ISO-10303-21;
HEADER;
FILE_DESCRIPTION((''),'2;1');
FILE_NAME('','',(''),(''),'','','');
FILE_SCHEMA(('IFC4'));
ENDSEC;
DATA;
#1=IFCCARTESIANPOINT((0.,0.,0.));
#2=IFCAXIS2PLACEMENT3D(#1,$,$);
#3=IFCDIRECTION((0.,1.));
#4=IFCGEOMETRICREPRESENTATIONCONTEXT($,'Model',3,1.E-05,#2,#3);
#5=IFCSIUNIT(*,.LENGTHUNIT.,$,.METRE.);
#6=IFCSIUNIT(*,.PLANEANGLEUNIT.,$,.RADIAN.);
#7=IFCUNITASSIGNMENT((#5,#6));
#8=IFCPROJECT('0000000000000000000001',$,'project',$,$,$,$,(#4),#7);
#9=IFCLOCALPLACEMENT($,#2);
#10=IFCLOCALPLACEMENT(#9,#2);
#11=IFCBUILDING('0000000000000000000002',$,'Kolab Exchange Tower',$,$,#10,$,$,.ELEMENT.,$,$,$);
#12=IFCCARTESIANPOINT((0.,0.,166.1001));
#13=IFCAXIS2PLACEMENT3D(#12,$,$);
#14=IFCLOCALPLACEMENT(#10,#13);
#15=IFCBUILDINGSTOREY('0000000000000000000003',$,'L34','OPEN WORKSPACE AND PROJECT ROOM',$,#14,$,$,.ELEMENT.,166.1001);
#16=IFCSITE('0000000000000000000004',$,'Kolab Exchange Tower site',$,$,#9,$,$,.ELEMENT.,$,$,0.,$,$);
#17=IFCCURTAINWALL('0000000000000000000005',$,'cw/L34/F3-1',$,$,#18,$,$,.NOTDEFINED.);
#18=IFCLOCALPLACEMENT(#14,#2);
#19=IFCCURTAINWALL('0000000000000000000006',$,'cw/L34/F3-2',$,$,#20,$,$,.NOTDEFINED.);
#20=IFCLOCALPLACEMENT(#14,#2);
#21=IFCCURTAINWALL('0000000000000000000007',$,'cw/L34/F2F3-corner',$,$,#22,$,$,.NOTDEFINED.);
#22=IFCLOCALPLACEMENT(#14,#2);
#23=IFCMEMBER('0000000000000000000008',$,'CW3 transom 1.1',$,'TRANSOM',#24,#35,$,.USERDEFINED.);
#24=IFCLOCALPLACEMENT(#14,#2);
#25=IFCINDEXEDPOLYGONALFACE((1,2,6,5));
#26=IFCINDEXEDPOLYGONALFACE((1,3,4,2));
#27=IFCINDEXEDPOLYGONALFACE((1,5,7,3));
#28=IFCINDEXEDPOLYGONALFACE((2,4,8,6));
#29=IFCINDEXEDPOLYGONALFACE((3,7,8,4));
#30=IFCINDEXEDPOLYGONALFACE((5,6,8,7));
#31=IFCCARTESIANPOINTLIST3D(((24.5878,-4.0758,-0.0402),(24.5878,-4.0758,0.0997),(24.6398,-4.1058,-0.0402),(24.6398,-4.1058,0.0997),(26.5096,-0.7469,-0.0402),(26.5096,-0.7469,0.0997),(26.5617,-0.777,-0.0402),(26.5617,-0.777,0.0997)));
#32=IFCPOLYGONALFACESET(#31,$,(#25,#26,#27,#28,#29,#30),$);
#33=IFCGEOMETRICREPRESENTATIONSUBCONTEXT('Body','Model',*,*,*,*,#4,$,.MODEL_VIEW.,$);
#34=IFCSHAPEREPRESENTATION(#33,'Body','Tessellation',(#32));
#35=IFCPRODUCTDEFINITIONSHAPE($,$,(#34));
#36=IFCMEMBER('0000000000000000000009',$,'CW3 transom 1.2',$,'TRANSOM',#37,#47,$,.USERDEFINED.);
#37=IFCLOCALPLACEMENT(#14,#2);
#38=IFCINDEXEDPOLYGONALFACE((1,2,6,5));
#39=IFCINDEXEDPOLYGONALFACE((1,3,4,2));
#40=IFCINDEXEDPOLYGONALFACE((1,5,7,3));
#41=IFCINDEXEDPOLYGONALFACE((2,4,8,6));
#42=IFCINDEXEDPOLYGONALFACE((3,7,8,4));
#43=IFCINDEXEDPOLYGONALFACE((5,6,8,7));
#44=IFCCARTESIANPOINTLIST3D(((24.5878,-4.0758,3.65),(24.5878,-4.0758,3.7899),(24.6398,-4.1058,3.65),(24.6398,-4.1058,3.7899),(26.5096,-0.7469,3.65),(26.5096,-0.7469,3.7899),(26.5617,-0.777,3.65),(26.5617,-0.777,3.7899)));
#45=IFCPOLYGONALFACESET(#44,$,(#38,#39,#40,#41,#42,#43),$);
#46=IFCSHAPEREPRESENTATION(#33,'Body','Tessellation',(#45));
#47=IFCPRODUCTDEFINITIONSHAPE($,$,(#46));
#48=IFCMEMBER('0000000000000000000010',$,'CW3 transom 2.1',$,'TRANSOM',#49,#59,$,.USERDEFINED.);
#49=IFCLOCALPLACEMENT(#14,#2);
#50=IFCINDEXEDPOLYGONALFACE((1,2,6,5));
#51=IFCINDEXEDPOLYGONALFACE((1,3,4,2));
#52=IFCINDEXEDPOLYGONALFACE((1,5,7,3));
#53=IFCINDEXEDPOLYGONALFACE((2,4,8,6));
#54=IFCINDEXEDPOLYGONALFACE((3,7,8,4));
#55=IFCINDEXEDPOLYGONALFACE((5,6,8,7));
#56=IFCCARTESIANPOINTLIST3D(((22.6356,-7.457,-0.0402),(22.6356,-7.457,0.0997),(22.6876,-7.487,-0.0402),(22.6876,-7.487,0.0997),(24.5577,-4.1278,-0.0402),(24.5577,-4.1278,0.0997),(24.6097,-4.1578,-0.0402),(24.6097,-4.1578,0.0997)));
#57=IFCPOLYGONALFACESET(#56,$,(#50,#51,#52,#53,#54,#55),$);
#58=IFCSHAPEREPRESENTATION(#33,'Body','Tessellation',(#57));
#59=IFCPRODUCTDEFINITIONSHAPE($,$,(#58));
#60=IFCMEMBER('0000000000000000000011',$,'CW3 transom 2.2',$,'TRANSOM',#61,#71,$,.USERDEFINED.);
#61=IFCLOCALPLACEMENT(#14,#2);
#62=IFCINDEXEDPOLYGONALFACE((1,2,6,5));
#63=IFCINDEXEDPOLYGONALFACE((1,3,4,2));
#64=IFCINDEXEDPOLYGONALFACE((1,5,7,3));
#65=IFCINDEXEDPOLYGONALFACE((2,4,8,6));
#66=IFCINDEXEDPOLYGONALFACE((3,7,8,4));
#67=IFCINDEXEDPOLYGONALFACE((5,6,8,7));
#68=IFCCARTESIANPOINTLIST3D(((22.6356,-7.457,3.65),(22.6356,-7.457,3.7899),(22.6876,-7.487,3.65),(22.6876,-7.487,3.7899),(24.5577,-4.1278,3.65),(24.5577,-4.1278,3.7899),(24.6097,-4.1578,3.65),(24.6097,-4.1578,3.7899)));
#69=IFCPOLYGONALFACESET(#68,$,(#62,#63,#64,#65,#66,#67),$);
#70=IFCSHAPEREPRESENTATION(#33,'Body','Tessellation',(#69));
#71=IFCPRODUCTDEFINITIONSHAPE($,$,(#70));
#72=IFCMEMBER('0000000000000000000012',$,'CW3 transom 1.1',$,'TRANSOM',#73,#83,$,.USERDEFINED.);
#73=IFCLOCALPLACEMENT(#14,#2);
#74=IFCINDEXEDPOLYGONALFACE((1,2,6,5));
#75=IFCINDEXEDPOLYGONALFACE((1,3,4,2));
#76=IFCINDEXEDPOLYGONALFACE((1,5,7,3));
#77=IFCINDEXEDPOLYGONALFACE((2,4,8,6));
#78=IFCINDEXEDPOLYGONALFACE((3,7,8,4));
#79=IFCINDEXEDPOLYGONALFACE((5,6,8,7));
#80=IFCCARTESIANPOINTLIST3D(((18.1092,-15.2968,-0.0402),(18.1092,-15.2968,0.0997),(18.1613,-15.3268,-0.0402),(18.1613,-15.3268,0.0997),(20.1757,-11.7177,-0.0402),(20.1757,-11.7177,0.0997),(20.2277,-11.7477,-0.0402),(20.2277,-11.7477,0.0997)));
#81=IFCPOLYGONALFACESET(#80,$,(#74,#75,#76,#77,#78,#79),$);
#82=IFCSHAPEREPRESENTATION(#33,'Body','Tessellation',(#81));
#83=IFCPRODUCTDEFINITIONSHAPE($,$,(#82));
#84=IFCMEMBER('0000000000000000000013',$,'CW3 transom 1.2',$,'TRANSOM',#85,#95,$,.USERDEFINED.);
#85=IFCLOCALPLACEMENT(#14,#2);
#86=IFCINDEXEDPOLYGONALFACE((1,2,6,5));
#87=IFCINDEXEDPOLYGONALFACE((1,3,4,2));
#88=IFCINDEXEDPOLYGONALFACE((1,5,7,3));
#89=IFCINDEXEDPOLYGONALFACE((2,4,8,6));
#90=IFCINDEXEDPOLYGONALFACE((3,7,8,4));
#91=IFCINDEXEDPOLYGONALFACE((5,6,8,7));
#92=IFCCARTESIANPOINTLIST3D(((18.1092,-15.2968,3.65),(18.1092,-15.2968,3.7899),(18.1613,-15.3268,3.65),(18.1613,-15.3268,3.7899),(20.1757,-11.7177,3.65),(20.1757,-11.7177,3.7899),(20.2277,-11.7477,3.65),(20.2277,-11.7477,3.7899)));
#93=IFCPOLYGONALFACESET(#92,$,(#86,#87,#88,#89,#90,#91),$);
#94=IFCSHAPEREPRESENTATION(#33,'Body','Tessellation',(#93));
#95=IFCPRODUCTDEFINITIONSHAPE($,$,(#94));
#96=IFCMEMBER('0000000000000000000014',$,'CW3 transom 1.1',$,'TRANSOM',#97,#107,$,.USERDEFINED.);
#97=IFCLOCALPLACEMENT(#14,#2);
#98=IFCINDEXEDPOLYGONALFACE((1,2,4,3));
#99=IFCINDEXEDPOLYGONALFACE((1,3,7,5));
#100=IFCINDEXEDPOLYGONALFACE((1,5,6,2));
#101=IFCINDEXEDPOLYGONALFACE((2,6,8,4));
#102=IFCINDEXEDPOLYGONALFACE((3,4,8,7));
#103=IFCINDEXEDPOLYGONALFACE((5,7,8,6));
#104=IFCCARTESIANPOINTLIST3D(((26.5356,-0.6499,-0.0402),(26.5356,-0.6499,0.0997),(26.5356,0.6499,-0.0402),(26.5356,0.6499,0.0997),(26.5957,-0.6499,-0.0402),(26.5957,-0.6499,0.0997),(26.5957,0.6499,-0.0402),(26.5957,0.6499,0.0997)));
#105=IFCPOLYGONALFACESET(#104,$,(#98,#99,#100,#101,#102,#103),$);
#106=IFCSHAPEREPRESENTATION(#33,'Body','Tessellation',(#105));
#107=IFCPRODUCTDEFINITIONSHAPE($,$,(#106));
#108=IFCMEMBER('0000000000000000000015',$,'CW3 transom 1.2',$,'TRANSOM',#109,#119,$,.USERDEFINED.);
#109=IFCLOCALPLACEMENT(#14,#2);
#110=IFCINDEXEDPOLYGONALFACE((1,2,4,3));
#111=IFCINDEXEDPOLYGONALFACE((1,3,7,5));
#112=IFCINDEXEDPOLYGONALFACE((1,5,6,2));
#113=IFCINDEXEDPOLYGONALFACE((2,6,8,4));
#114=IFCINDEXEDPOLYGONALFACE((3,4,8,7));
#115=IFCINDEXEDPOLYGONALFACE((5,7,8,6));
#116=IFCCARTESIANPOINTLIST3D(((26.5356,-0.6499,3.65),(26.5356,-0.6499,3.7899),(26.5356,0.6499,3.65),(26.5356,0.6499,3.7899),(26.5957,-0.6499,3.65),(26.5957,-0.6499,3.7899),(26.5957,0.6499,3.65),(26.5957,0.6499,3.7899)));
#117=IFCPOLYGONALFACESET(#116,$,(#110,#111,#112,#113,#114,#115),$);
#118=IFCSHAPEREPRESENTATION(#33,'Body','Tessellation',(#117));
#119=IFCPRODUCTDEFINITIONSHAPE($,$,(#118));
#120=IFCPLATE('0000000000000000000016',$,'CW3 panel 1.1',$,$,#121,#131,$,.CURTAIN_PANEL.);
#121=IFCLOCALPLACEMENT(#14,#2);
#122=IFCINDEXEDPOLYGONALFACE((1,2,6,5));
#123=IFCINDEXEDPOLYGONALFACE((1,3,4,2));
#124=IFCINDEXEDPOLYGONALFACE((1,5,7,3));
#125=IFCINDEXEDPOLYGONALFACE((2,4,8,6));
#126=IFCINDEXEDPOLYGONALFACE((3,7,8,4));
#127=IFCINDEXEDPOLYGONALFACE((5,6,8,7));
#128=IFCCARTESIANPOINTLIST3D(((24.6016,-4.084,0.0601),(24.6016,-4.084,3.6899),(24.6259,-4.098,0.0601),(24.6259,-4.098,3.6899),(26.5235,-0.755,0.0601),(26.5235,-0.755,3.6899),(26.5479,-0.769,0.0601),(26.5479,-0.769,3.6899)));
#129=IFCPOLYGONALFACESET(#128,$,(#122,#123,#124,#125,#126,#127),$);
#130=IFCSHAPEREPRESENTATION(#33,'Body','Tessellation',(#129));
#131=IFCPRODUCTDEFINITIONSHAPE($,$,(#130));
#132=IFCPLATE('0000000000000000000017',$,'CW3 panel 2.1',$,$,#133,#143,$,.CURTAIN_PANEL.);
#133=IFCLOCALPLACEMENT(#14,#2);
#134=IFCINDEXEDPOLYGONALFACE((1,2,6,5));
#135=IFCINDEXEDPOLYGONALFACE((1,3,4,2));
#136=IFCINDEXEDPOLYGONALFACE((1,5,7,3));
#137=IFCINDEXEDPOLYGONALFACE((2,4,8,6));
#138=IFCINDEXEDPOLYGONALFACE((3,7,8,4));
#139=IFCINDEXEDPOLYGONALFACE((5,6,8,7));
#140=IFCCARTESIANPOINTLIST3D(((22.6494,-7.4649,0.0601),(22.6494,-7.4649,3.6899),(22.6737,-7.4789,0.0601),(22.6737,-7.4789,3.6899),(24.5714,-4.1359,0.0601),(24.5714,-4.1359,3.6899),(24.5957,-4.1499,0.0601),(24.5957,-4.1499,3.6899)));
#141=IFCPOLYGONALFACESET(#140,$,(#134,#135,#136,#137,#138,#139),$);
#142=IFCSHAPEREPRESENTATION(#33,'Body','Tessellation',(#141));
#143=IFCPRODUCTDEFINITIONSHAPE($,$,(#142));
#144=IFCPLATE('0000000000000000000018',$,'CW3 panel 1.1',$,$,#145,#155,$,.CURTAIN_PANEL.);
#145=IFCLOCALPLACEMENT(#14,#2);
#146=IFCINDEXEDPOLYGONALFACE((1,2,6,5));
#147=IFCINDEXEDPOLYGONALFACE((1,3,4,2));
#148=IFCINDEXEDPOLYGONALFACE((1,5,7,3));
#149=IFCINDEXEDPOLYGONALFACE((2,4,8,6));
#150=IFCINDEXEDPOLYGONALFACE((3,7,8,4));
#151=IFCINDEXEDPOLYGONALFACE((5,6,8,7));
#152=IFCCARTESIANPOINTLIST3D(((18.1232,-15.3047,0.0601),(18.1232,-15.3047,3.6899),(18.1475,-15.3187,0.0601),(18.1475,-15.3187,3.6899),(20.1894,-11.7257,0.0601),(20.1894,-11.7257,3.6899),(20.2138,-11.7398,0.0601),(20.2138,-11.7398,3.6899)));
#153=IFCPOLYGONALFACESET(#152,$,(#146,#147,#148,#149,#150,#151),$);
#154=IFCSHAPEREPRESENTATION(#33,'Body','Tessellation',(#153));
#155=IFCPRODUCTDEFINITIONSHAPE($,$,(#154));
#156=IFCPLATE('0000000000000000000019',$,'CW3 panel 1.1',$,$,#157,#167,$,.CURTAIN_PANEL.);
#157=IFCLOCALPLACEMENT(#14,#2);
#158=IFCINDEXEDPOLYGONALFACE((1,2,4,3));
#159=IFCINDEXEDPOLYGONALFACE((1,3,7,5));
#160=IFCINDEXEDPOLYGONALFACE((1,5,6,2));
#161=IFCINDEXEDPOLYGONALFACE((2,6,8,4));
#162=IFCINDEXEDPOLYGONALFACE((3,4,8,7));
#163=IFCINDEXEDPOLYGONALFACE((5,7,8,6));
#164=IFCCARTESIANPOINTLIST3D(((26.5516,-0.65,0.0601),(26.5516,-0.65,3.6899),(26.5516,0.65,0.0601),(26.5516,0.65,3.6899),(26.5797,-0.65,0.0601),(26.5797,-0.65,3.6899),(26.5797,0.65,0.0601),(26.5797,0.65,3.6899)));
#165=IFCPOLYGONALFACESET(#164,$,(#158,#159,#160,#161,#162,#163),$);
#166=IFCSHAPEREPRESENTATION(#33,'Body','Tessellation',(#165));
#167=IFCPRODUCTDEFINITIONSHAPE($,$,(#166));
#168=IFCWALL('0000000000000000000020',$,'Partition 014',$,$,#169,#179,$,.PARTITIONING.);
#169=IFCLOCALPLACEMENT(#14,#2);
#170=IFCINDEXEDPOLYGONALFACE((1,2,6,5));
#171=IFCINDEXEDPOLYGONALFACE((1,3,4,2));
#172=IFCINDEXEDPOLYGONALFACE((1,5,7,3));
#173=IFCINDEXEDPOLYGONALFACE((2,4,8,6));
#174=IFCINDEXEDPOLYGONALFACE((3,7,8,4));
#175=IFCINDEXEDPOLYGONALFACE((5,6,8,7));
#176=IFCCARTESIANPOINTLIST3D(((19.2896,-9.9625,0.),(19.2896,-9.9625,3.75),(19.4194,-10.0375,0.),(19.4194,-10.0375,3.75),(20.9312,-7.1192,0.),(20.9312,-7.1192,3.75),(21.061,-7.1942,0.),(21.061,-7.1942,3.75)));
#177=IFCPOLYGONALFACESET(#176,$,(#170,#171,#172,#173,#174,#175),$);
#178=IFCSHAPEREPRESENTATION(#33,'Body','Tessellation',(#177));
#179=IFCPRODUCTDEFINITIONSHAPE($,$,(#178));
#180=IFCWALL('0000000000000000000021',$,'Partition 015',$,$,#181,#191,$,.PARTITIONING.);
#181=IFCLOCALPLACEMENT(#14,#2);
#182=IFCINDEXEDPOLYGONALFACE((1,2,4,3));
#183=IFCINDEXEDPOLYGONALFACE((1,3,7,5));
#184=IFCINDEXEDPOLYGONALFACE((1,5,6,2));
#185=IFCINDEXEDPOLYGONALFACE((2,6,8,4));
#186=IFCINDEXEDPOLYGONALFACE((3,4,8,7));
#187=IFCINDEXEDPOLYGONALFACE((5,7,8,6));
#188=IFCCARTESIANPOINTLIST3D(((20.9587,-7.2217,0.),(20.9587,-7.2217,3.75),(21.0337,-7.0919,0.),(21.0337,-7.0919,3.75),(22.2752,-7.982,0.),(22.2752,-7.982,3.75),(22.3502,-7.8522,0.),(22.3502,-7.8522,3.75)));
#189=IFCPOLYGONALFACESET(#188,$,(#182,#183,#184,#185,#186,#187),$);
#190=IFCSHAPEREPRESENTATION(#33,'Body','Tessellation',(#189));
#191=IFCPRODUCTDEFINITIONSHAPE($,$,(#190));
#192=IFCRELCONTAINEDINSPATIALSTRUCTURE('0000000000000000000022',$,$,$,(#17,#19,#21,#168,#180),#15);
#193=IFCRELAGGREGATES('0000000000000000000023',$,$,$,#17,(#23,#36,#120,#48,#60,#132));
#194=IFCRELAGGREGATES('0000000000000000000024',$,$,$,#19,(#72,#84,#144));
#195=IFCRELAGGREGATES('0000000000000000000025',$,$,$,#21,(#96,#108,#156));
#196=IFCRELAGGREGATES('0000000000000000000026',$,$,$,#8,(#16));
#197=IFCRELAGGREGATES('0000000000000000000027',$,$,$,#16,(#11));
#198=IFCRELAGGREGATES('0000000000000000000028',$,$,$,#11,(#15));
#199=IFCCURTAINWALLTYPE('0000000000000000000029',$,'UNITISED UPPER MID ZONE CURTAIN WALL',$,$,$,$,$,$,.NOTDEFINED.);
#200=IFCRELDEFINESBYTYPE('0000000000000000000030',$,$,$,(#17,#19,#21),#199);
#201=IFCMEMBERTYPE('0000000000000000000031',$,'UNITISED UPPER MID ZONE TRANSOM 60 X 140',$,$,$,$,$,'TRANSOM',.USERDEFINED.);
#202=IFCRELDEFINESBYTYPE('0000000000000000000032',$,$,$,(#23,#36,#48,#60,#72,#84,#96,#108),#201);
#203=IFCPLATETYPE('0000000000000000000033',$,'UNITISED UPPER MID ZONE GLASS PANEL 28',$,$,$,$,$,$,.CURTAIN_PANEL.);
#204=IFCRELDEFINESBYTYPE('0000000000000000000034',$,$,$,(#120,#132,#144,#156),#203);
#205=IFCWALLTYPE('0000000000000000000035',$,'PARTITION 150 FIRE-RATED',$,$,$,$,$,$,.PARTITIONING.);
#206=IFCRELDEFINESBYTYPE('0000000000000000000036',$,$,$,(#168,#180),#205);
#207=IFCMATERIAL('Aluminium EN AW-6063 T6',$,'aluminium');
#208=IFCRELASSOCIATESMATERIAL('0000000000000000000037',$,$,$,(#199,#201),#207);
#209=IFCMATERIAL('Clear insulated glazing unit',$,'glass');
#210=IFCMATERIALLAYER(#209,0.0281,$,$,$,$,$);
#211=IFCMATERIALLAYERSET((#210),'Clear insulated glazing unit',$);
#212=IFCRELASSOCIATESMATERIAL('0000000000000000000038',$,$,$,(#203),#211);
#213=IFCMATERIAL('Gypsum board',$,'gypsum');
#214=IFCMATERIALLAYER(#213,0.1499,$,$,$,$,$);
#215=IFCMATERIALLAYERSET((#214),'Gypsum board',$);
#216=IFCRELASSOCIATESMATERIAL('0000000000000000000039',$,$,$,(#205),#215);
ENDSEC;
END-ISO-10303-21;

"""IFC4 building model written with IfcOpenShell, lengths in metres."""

from ifc_helpers import new_model, si_unit, direction, frame, frame_2d, origin, origin_2d, place, context, subcontext, project, spatial, rectangle, extrude, material, layer, layer_set, material_profile, profile_set, type_object, element, aggregate, save


model = new_model("IFC4")

# Units and contexts
model_context = context("Model", 3, precision=1e-05, world=origin(), true_north=direction((0.0, 1.0)))
body_context = subcontext(model_context, "Body", "Model", "MODEL_VIEW")
ifc_project = project(units=[si_unit("LENGTHUNIT", "METRE"), si_unit("PLANEANGLEUNIT", "RADIAN")], contexts=[model_context])

# Site, building, storey
site_placement = place(None, origin())
site = spatial("IfcSite", under=ifc_project, at=site_placement, Name="Kolab Exchange Tower site", CompositionType="ELEMENT", RefElevation=0.0)
building_placement = place(site_placement, origin())
building = spatial("IfcBuilding", under=site, at=building_placement, Name="Kolab Exchange Tower", CompositionType="ELEMENT")
storey_placement = place(building_placement, frame((0.0, 0.0, 166.1001)))
storey = spatial("IfcBuildingStorey", under=building, at=storey_placement, Name="L34", Description="OPEN WORKSPACE AND PROJECT ROOM", CompositionType="ELEMENT", Elevation=166.1001)

# Curtain wall
ifc_material_1 = material(Name="Aluminium EN AW-6063 T6", Category="aluminium")
curtain_wall_type = type_object("IfcCurtainWallType", Name="UNITISED UPPER MID ZONE CURTAIN WALL", PredefinedType="NOTDEFINED", material=ifc_material_1)
curtain_wall_1_placement = place(storey_placement, origin())
curtain_wall_1 = element("IfcCurtainWall", 1, at=curtain_wall_1_placement, inside=storey, type_object=curtain_wall_type, Name="cw/L34/F3-1", PredefinedType="NOTDEFINED")

# Curtain walls
curtain_wall_2_placement = place(storey_placement, origin())
curtain_wall_2 = element("IfcCurtainWall", 2, at=curtain_wall_2_placement, inside=storey, type_object=curtain_wall_type, Name="cw/L34/F3-2", PredefinedType="NOTDEFINED")
curtain_wall_3_placement = place(storey_placement, origin())
curtain_wall_3 = element("IfcCurtainWall", 3, at=curtain_wall_3_placement, inside=storey, type_object=curtain_wall_type, Name="cw/L34/F2F3-corner", PredefinedType="NOTDEFINED")

# Members
ifc_material_profile_1 = material_profile(ifc_material_1, rectangle(XDim=0.0601, YDim=0.1399, at=origin_2d()), Name="RECT 60X140")
ifc_profile_set_1 = profile_set([ifc_material_profile_1], Name="Aluminium EN AW-6063 T6")
member_type_1 = type_object("IfcMemberType", Name="UNITISED UPPER MID ZONE TRANSOM 60 X 140", ElementType="TRANSOM", PredefinedType="USERDEFINED", material=ifc_profile_set_1)
member_1_placement = place(storey_placement, frame((26.5356, -0.762, 0.0298), z_axis=(-0.499992, -0.86603, 0.0), x_axis=(0.86603, -0.499992, 0.0)))
member_1 = element("IfcMember", 4, at=member_1_placement, type_object=member_type_1, Name="CW3 transom 1.1", ObjectType="TRANSOM", PredefinedType="USERDEFINED", context=body_context, shape_type="SweptSolid", body=[
    extrude(rectangle(XDim=0.0601, YDim=0.1399, at=origin_2d()), origin(), (0.0, 0.0, 1.0), 3.8438),
])
member_2_placement = place(storey_placement, frame((26.5356, -0.762, 3.72), z_axis=(-0.499992, -0.86603, 0.0), x_axis=(0.86603, -0.499992, 0.0)))
member_2 = element("IfcMember", 5, at=member_2_placement, type_object=member_type_1, Name="CW3 transom 1.2", ObjectType="TRANSOM", PredefinedType="USERDEFINED", context=body_context, shape_type="SweptSolid", body=[
    extrude(rectangle(XDim=0.0601, YDim=0.1399, at=origin_2d()), origin(), (0.0, 0.0, 1.0), 3.8438),
])
member_3_placement = place(storey_placement, frame((24.5837, -4.1428, 0.0298), z_axis=(-0.500012, -0.866018, 0.0), x_axis=(0.866018, -0.500012, 0.0)))
member_3 = element("IfcMember", 6, at=member_3_placement, type_object=member_type_1, Name="CW3 transom 2.1", ObjectType="TRANSOM", PredefinedType="USERDEFINED", context=body_context, shape_type="SweptSolid", body=[
    extrude(rectangle(XDim=0.0601, YDim=0.1399, at=origin_2d()), origin(), (0.0, 0.0, 1.0), 3.8442),
])
member_4_placement = place(storey_placement, frame((24.5837, -4.1428, 3.72), z_axis=(-0.500012, -0.866018, 0.0), x_axis=(0.866018, -0.500012, 0.0)))
member_4 = element("IfcMember", 7, at=member_4_placement, type_object=member_type_1, Name="CW3 transom 2.2", ObjectType="TRANSOM", PredefinedType="USERDEFINED", context=body_context, shape_type="SweptSolid", body=[
    extrude(rectangle(XDim=0.0601, YDim=0.1399, at=origin_2d()), origin(), (0.0, 0.0, 1.0), 3.8442),
])
member_5_placement = place(storey_placement, frame((20.2017, -11.7327, 0.0298), z_axis=(-0.500002, -0.866024, 0.0), x_axis=(0.866024, -0.500002, 0.0)))
member_5 = element("IfcMember", 8, at=member_5_placement, type_object=member_type_1, Name="CW3 transom 1.1", ObjectType="TRANSOM", PredefinedType="USERDEFINED", context=body_context, shape_type="SweptSolid", body=[
    extrude(rectangle(XDim=0.0601, YDim=0.1399, at=origin_2d()), origin(), (0.0, 0.0, 1.0), 4.1328),
])
member_6_placement = place(storey_placement, frame((20.2017, -11.7327, 3.72), z_axis=(-0.500002, -0.866024, 0.0), x_axis=(0.866024, -0.500002, 0.0)))
member_6 = element("IfcMember", 9, at=member_6_placement, type_object=member_type_1, Name="CW3 transom 1.2", ObjectType="TRANSOM", PredefinedType="USERDEFINED", context=body_context, shape_type="SweptSolid", body=[
    extrude(rectangle(XDim=0.0601, YDim=0.1399, at=origin_2d()), origin(), (0.0, 0.0, 1.0), 4.1328),
])
member_7_placement = place(storey_placement, frame((26.5657, 0.6499, 0.0298), z_axis=(0.0, -1.0, 0.0), x_axis=(1.0, 0.0, 0.0)))
member_7 = element("IfcMember", 10, at=member_7_placement, type_object=member_type_1, Name="CW3 transom 1.1", ObjectType="TRANSOM", PredefinedType="USERDEFINED", context=body_context, shape_type="SweptSolid", body=[
    extrude(rectangle(XDim=0.0601, YDim=0.1399, at=origin_2d()), origin(), (0.0, 0.0, 1.0), 1.2998),
])
member_8_placement = place(storey_placement, frame((26.5657, 0.6499, 3.72), z_axis=(0.0, -1.0, 0.0), x_axis=(1.0, 0.0, 0.0)))
member_8 = element("IfcMember", 11, at=member_8_placement, type_object=member_type_1, Name="CW3 transom 1.2", ObjectType="TRANSOM", PredefinedType="USERDEFINED", context=body_context, shape_type="SweptSolid", body=[
    extrude(rectangle(XDim=0.0601, YDim=0.1399, at=origin_2d()), origin(), (0.0, 0.0, 1.0), 1.2998),
])

# Plates
ifc_material_2 = material(Name="Clear insulated glazing unit", Category="glass")
ifc_layer_1 = layer(ifc_material_2, 0.0281)
ifc_layer_set_1 = layer_set([ifc_layer_1], Name="Clear insulated glazing unit")
plate_type = type_object("IfcPlateType", Name="UNITISED UPPER MID ZONE GLASS PANEL 28", PredefinedType="CURTAIN_PANEL", material=ifc_layer_set_1)
plate_1_placement = place(storey_placement, frame((25.5747, -2.4265, 0.0601), z_axis=(0.0, 0.0, 1.0), x_axis=(-0.5, -0.866025, 0.0)))
plate_1 = element("IfcPlate", 12, at=plate_1_placement, type_object=plate_type, Name="CW3 panel 1.1", PredefinedType="CURTAIN_PANEL", context=body_context, shape_type="SweptSolid", body=[
    extrude(rectangle(XDim=3.844, YDim=0.0281, at=origin_2d()), origin(), (0.0, 0.0, 1.0), 3.6299),
])
plate_2_placement = place(storey_placement, frame((23.6226, -5.8074, 0.0601), z_axis=(0.0, 0.0, 1.0), x_axis=(-0.5, -0.866025, 0.0)))
plate_2 = element("IfcPlate", 13, at=plate_2_placement, type_object=plate_type, Name="CW3 panel 2.1", PredefinedType="CURTAIN_PANEL", context=body_context, shape_type="SweptSolid", body=[
    extrude(rectangle(XDim=3.844, YDim=0.0281, at=origin_2d()), origin(), (0.0, 0.0, 1.0), 3.6299),
])
aggregate(curtain_wall_1, [member_1, member_2, plate_1, member_3, member_4, plate_2])
plate_3_placement = place(storey_placement, frame((19.1685, -13.5222, 0.0601), z_axis=(0.0, 0.0, 1.0), x_axis=(-0.5, -0.866025, 0.0)))
plate_3 = element("IfcPlate", 14, at=plate_3_placement, type_object=plate_type, Name="CW3 panel 1.1", PredefinedType="CURTAIN_PANEL", context=body_context, shape_type="SweptSolid", body=[
    extrude(rectangle(XDim=4.1326, YDim=0.0281, at=origin_2d()), origin(), (0.0, 0.0, 1.0), 3.6299),
])
aggregate(curtain_wall_2, [member_5, member_6, plate_3])
plate_4_placement = place(storey_placement, frame((26.5657, 0.0, 0.0601), z_axis=(0.0, 0.0, 1.0), x_axis=(0.0, -1.0, 0.0)))
plate_4 = element("IfcPlate", 15, at=plate_4_placement, type_object=plate_type, Name="CW3 panel 1.1", PredefinedType="CURTAIN_PANEL", context=body_context, shape_type="SweptSolid", body=[
    extrude(rectangle(XDim=1.3, YDim=0.0281, at=origin_2d()), origin(), (0.0, 0.0, 1.0), 3.6299),
])
aggregate(curtain_wall_3, [member_7, member_8, plate_4])

# Walls
ifc_material_3 = material(Name="Gypsum board", Category="gypsum")
ifc_layer_2 = layer(ifc_material_3, 0.1499)
ifc_layer_set_2 = layer_set([ifc_layer_2], Name="Gypsum board")
wall_type_1 = type_object("IfcWallType", Name="PARTITION 150 FIRE-RATED", PredefinedType="PARTITIONING", material=ifc_layer_set_2)
wall_1_placement = place(storey_placement, frame((19.3545, -10.0, 0.0), z_axis=(0.0, 0.0, 1.0), x_axis=(0.50001, 0.86602, 0.0)))
element("IfcWall", 16, at=wall_1_placement, inside=storey, type_object=wall_type_1, Name="Partition 014", PredefinedType="PARTITIONING", context=body_context, shape_type="SweptSolid", body=[
    extrude(rectangle(XDim=3.2832, YDim=0.1499, at=frame_2d((1.6416, 0.0))), origin(), (0.0, 0.0, 1.0), 3.75),
])
wall_2_placement = place(storey_placement, frame((20.9961, -7.1567, 0.0), z_axis=(0.0, 0.0, 1.0), x_axis=(0.865961, -0.500112, 0.0)))
element("IfcWall", 17, at=wall_2_placement, inside=storey, type_object=wall_type_1, Name="Partition 015", PredefinedType="PARTITIONING", context=body_context, shape_type="SweptSolid", body=[
    extrude(rectangle(XDim=1.5203, YDim=0.1499, at=frame_2d((0.7603, 0.0))), origin(), (0.0, 0.0, 1.0), 3.75),
])

save(model, "model.ifc")
